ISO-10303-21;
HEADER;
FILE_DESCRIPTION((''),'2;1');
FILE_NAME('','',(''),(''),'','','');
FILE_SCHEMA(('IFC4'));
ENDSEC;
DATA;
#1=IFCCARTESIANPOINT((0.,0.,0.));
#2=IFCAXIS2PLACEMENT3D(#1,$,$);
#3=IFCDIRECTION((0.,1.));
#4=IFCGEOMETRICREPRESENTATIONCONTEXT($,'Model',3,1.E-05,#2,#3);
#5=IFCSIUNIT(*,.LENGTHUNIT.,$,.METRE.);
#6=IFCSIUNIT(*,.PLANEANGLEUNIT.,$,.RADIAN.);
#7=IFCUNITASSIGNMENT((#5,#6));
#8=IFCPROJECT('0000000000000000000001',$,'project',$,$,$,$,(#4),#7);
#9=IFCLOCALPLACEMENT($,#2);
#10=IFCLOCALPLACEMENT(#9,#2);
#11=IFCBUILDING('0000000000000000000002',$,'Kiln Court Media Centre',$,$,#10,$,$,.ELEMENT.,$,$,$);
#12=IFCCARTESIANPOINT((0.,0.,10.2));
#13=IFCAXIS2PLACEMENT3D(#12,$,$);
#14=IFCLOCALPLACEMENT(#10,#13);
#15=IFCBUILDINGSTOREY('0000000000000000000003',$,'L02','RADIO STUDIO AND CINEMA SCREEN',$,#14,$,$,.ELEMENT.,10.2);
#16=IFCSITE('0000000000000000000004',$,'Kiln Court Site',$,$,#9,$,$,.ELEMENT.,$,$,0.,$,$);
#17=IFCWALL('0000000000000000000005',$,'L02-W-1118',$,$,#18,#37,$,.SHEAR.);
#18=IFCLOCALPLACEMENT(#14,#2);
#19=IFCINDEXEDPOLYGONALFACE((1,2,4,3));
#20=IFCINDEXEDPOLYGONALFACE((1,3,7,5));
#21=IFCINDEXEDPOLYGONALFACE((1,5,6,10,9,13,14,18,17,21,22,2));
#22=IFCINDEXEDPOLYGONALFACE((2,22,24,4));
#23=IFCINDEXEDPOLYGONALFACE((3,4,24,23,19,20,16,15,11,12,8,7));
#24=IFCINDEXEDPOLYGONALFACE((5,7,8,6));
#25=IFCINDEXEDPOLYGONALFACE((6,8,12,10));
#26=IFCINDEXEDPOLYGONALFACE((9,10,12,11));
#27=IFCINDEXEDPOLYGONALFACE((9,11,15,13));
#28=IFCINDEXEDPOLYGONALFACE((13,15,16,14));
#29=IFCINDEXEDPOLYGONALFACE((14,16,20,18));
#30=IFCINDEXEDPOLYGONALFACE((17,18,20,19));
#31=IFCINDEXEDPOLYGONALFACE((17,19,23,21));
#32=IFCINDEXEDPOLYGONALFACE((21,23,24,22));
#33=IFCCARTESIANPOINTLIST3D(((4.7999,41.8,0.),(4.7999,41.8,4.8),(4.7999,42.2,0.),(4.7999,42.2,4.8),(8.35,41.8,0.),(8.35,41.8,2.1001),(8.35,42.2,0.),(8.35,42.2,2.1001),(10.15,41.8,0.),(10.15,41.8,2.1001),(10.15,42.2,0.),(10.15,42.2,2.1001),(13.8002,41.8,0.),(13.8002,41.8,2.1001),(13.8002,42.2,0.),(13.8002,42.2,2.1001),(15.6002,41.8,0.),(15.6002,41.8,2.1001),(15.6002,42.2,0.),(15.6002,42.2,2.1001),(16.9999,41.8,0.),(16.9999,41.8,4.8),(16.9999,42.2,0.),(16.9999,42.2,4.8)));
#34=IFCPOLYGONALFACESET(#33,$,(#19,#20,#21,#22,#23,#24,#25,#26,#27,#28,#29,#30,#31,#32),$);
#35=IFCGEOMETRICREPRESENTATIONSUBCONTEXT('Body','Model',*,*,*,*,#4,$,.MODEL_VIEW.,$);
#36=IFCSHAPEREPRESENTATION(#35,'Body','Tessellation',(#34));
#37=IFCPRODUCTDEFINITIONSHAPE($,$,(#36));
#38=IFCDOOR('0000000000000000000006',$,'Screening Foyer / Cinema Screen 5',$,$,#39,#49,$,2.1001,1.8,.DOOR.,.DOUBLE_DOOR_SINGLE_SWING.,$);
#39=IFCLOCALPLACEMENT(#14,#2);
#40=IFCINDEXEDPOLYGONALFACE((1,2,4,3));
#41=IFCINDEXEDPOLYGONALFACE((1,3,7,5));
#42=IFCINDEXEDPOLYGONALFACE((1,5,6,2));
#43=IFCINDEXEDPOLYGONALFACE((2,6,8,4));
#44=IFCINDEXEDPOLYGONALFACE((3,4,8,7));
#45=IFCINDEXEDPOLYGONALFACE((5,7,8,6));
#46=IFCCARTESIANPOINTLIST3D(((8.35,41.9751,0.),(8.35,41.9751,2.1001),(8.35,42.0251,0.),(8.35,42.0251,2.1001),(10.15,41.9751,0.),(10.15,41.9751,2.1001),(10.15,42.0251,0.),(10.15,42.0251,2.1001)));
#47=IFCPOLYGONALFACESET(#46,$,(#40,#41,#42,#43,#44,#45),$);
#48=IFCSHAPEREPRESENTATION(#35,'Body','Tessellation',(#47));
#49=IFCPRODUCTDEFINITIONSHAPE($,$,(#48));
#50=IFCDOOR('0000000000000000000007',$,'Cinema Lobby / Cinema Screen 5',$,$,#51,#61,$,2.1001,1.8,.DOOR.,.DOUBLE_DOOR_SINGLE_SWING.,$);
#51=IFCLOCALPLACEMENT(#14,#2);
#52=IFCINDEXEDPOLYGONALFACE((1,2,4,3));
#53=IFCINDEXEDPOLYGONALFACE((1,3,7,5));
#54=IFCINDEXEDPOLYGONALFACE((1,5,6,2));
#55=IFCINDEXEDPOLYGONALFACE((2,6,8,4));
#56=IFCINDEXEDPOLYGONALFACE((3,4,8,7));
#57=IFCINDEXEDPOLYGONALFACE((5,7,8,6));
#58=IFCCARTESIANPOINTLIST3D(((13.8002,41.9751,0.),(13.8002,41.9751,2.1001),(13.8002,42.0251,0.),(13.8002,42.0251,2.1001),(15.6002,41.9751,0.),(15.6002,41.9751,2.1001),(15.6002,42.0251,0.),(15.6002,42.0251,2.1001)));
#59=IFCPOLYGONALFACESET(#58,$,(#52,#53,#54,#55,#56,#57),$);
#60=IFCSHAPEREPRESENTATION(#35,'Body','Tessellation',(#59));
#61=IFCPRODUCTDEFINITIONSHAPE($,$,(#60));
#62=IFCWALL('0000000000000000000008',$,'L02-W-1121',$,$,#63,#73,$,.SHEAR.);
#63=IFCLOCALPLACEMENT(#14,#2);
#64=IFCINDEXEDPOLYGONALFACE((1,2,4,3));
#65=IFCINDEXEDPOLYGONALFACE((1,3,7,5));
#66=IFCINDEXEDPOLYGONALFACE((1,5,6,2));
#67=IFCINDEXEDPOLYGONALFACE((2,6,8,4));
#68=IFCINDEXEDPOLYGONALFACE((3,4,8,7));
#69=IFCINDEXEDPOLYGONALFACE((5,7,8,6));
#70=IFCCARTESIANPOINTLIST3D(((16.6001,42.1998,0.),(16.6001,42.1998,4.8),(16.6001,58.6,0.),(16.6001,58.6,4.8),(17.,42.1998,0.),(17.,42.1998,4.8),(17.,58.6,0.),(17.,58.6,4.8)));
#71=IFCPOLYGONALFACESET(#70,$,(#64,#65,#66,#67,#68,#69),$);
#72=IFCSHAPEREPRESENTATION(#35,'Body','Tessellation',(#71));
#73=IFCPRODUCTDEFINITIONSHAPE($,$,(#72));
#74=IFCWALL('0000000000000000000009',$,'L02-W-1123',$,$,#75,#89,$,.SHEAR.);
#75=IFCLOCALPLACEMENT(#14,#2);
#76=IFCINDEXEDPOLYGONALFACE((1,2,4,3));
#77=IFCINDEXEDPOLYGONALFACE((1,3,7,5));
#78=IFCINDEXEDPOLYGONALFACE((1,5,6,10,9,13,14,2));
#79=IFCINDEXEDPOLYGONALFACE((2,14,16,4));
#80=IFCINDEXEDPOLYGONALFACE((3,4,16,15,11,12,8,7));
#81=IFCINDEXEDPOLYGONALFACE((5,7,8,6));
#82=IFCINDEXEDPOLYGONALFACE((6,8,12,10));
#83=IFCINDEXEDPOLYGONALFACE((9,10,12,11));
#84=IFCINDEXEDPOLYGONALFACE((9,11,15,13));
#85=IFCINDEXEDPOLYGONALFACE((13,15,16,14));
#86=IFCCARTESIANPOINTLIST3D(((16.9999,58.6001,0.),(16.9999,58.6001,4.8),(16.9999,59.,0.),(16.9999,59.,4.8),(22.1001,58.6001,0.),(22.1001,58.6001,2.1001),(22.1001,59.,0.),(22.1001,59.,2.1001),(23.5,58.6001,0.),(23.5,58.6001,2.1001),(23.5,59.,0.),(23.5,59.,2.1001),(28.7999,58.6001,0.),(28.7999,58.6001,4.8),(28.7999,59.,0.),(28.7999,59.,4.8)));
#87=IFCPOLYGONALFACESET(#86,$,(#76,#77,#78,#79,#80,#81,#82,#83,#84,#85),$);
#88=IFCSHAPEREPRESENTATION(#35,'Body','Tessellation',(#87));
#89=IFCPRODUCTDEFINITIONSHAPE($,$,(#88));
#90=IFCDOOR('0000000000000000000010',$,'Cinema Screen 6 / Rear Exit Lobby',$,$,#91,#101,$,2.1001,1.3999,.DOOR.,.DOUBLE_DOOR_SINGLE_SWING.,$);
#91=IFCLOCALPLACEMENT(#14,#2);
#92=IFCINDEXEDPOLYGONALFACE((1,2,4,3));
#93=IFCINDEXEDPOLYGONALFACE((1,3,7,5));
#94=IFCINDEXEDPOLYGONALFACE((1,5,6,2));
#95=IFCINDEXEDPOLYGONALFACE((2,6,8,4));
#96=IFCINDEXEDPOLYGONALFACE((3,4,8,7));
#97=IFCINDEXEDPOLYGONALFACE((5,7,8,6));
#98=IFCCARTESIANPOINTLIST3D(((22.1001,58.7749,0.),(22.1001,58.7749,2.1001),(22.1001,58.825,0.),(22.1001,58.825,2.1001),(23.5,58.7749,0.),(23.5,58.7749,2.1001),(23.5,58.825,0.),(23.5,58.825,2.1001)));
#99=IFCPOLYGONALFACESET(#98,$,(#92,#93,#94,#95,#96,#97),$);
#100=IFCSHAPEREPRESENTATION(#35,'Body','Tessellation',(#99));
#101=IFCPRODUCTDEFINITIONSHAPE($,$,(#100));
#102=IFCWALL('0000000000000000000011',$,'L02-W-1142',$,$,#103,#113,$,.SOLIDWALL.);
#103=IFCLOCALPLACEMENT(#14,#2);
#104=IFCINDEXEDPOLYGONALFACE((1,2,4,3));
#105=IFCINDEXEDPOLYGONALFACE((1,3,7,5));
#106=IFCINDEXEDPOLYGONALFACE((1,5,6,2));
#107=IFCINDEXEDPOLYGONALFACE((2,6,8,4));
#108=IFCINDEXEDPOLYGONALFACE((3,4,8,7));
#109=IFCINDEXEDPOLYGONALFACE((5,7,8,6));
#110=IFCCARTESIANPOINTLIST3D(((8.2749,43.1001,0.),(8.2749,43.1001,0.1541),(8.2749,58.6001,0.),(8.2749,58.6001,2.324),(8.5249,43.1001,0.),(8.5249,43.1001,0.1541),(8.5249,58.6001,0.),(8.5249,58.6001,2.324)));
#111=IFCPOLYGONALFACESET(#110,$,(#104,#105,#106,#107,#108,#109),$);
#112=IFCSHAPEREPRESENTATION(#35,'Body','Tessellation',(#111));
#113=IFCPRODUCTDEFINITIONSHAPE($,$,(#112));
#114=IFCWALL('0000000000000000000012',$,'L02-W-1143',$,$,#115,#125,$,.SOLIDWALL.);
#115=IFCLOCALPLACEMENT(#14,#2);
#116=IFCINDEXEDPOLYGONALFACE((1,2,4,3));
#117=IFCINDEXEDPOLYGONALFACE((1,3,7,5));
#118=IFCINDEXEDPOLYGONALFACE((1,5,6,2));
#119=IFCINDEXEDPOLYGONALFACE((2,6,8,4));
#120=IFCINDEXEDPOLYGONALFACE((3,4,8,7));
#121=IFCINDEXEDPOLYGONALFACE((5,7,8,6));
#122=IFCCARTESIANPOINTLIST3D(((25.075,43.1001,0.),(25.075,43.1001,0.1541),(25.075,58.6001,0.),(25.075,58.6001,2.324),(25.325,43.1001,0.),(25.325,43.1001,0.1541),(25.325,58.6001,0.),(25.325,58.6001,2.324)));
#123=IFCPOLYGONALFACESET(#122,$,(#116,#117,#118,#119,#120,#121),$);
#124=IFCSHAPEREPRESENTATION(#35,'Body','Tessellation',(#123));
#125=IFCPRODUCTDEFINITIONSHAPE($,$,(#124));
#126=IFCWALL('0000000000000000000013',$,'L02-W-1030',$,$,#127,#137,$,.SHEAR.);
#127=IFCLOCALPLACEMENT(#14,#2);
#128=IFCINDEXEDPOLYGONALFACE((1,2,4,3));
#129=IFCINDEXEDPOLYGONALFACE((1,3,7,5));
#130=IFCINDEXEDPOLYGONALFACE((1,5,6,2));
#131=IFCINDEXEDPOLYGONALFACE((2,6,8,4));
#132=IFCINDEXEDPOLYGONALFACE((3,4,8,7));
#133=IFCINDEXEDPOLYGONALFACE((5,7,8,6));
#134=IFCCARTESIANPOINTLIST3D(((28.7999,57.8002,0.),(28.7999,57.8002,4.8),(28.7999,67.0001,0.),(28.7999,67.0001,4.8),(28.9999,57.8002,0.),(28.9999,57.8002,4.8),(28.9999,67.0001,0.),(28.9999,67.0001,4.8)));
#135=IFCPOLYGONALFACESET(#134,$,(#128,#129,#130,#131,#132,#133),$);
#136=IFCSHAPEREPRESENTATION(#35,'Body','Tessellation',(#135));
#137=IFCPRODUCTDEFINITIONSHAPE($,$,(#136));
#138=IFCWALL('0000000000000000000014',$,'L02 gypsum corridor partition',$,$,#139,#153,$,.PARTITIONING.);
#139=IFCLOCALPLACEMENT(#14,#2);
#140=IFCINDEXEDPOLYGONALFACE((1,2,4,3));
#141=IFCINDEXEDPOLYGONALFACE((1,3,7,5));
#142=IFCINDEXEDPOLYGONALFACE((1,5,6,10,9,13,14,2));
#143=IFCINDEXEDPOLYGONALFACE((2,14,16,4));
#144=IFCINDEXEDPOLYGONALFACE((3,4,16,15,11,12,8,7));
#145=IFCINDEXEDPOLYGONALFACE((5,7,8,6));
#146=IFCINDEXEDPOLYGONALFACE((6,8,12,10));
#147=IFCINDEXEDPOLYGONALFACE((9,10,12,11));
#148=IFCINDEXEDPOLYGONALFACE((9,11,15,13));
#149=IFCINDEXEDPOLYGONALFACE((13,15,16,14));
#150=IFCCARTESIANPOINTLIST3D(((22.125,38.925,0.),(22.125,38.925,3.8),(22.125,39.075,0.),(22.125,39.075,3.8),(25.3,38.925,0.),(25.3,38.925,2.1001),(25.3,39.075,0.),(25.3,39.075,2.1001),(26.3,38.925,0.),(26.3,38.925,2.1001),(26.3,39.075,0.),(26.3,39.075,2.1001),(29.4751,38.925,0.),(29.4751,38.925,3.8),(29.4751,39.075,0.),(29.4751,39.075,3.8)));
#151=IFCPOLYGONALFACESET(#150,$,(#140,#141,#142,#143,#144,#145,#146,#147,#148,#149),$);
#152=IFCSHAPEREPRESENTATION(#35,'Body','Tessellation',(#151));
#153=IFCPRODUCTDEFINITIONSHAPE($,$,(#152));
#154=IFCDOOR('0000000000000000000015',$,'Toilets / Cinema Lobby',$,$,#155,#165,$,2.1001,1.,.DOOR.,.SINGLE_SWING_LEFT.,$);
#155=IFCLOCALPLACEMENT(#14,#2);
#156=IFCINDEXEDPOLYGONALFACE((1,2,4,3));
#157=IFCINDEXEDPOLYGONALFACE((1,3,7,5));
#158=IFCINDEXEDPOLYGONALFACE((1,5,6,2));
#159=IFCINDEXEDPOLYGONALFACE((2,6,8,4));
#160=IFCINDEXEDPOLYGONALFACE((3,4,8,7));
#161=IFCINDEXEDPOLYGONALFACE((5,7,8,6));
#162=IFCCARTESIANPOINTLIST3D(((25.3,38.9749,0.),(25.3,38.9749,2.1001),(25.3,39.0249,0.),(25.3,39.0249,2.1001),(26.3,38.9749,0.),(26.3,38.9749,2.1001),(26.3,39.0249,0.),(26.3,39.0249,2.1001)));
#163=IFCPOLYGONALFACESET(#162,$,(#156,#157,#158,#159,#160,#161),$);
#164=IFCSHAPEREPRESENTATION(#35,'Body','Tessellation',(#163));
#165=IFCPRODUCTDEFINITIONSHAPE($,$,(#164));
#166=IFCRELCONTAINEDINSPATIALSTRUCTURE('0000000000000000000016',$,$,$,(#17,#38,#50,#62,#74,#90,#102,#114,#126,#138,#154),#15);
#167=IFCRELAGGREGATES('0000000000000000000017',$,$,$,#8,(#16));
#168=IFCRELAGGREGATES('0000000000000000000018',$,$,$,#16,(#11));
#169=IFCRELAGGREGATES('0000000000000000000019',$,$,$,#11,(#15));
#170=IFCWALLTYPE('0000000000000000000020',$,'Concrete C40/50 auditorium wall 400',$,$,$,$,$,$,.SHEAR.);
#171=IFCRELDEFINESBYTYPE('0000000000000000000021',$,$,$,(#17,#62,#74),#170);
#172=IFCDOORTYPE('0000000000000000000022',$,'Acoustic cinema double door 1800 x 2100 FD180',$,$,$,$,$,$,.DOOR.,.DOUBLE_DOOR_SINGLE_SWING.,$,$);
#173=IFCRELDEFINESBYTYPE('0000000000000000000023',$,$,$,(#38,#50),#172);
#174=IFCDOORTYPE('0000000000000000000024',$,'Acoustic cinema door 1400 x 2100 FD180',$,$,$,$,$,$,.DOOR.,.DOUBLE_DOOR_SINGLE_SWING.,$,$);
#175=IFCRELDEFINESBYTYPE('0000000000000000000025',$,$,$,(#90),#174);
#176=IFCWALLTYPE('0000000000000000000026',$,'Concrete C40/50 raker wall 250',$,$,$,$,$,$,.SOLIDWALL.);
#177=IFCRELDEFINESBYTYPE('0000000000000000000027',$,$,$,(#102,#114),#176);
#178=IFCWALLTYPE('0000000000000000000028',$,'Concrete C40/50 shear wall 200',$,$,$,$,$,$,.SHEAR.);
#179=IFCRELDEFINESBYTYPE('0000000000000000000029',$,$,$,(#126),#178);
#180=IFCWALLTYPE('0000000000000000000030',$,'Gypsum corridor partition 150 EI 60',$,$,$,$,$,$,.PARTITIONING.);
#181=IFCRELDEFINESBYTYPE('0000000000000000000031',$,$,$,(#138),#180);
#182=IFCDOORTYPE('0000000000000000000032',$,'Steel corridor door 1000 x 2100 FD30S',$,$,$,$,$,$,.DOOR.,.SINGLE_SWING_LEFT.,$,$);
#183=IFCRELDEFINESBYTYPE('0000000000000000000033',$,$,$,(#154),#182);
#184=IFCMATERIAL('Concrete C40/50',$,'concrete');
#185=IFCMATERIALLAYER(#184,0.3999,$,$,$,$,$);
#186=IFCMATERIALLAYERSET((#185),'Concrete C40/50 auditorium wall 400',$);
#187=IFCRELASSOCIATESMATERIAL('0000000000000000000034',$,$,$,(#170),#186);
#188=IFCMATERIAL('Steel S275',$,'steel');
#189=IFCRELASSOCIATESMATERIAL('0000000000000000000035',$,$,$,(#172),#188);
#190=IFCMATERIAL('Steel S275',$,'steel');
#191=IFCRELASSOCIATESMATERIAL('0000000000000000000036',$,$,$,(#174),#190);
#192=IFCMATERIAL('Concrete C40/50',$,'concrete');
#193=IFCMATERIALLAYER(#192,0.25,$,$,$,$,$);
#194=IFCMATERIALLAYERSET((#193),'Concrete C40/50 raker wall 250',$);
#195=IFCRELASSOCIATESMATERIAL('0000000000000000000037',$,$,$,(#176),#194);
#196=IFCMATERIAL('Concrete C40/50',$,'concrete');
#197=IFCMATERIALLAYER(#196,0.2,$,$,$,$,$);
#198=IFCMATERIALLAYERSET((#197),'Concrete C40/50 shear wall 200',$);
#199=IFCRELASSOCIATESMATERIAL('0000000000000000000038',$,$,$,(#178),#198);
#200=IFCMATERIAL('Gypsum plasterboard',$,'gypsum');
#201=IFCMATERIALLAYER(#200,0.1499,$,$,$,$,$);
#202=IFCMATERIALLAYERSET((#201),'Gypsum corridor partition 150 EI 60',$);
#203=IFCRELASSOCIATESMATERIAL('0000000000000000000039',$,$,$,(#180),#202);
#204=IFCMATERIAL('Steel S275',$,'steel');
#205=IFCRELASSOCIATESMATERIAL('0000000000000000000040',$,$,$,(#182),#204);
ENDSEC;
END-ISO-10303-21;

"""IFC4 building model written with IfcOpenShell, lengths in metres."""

from ifc_helpers import new_model, si_unit, direction, frame, frame_2d, origin, place, context, subcontext, project, spatial, polyline, rectangle, outline, extrude, material, layer, layer_set, type_object, element, fill, save


model = new_model("IFC4")

# Units and contexts
model_context = context("Model", 3, precision=1e-05, world=origin(), true_north=direction((0.0, 1.0)))
body_context = subcontext(model_context, "Body", "Model", "MODEL_VIEW")
ifc_project = project(units=[si_unit("LENGTHUNIT", "METRE"), si_unit("PLANEANGLEUNIT", "RADIAN")], contexts=[model_context])

# Site, building, storey
site_placement = place(None, origin())
site = spatial("IfcSite", under=ifc_project, at=site_placement, Name="Kiln Court Site", CompositionType="ELEMENT", RefElevation=0.0)
building_placement = place(site_placement, origin())
building = spatial("IfcBuilding", under=site, at=building_placement, Name="Kiln Court Media Centre", CompositionType="ELEMENT")
storey_placement = place(building_placement, frame((0.0, 0.0, 10.2)))
storey = spatial("IfcBuildingStorey", under=building, at=storey_placement, Name="L02", Description="RADIO STUDIO AND CINEMA SCREEN", CompositionType="ELEMENT", Elevation=10.2)

# Wall, openings, doors
ifc_material_1 = material(Name="Concrete C40/50", Category="concrete")
ifc_layer_1 = layer(ifc_material_1, 0.3999)
ifc_layer_set_1 = layer_set([ifc_layer_1], Name="Concrete C40/50 auditorium wall 400")
wall_type_1 = type_object("IfcWallType", Name="Concrete C40/50 auditorium wall 400", PredefinedType="SHEAR", material=ifc_layer_set_1)
wall_1_placement = place(storey_placement, frame((17.0, 42.0, 0.0), z_axis=(0.0, 0.0, 1.0), x_axis=(-1.0, 0.0, 0.0)))
wall_1 = element("IfcWall", 1, at=wall_1_placement, inside=storey, type_object=wall_type_1, Name="L02-W-1118", PredefinedType="SHEAR", context=body_context, shape_type="SweptSolid", body=[
    extrude(rectangle(XDim=12.2, YDim=0.3999, at=frame_2d((6.1001, 0.0))), origin(), (0.0, 0.0, 1.0), 4.8),
])
opening_1_placement = place(wall_1_placement, frame((6.8501, 0.0, 0.0)))
opening_1 = element("IfcOpeningElement", 2, at=opening_1_placement, cuts=wall_1, PredefinedType="OPENING", context=body_context, shape_type="SweptSolid", body=[
    extrude(rectangle(XDim=1.8, YDim=2.1001, at=frame_2d((0.8999, 1.05))), frame((0.0, 0.21, 0.0), z_axis=(0.0, -1.0, 0.0), x_axis=(1.0, 0.0, 0.0)), (0.0, 0.0, 1.0), 0.4199),
])
opening_2_placement = place(wall_1_placement, frame((1.3999, 0.0, 0.0)))
opening_2 = element("IfcOpeningElement", 3, at=opening_2_placement, cuts=wall_1, PredefinedType="OPENING", context=body_context, shape_type="SweptSolid", body=[
    extrude(rectangle(XDim=1.8, YDim=2.1001, at=frame_2d((0.8999, 1.05))), frame((0.0, 0.21, 0.0), z_axis=(0.0, -1.0, 0.0), x_axis=(1.0, 0.0, 0.0)), (0.0, 0.0, 1.0), 0.4199),
])
ifc_material_2 = material(Name="Steel S275", Category="steel")
door_type_1 = type_object("IfcDoorType", Name="Acoustic cinema double door 1800 x 2100 FD180", OperationType="DOUBLE_DOOR_SINGLE_SWING", PredefinedType="DOOR", material=ifc_material_2)
door_1_placement = place(opening_1_placement, origin())
door_1 = element("IfcDoor", 4, at=door_1_placement, inside=storey, type_object=door_type_1, Name="Screening Foyer / Cinema Screen 5", OperationType="DOUBLE_DOOR_SINGLE_SWING", OverallHeight=2.1001, OverallWidth=1.8, PredefinedType="DOOR", context=body_context, shape_type="SweptSolid", body=[
    extrude(rectangle(XDim=1.8, YDim=2.1001, at=frame_2d((0.8999, 1.05))), frame((0.0, 0.0249, 0.0), z_axis=(0.0, -1.0, 0.0), x_axis=(1.0, 0.0, 0.0)), (0.0, 0.0, 1.0), 0.05),
])
fill(opening_1, door_1)
door_2_placement = place(opening_2_placement, origin())
door_2 = element("IfcDoor", 5, at=door_2_placement, inside=storey, type_object=door_type_1, Name="Cinema Lobby / Cinema Screen 5", OperationType="DOUBLE_DOOR_SINGLE_SWING", OverallHeight=2.1001, OverallWidth=1.8, PredefinedType="DOOR", context=body_context, shape_type="SweptSolid", body=[
    extrude(rectangle(XDim=1.8, YDim=2.1001, at=frame_2d((0.8999, 1.05))), frame((0.0, 0.0249, 0.0), z_axis=(0.0, -1.0, 0.0), x_axis=(1.0, 0.0, 0.0)), (0.0, 0.0, 1.0), 0.05),
])
fill(opening_2, door_2)

# Wall
wall_2_placement = place(storey_placement, frame((16.8, 58.6001, 0.0), z_axis=(0.0, 0.0, 1.0), x_axis=(0.0, -1.0, 0.0)))
element("IfcWall", 6, at=wall_2_placement, inside=storey, type_object=wall_type_1, Name="L02-W-1121", PredefinedType="SHEAR", context=body_context, shape_type="SweptSolid", body=[
    extrude(rectangle(XDim=16.4001, YDim=0.3999, at=frame_2d((8.2002, 0.0))), origin(), (0.0, 0.0, 1.0), 4.8),
])

# Wall, opening, door
wall_3_placement = place(storey_placement, frame((17.0, 58.8, 0.0), z_axis=(0.0, 0.0, 1.0), x_axis=(1.0, 0.0, 0.0)))
wall_3 = element("IfcWall", 7, at=wall_3_placement, inside=storey, type_object=wall_type_1, Name="L02-W-1123", PredefinedType="SHEAR", context=body_context, shape_type="SweptSolid", body=[
    extrude(rectangle(XDim=11.8, YDim=0.3999, at=frame_2d((5.8999, 0.0))), origin(), (0.0, 0.0, 1.0), 4.8),
])
opening_3_placement = place(wall_3_placement, frame((5.1001, 0.0, 0.0)))
opening_3 = element("IfcOpeningElement", 8, at=opening_3_placement, cuts=wall_3, PredefinedType="OPENING", context=body_context, shape_type="SweptSolid", body=[
    extrude(rectangle(XDim=1.3999, YDim=2.1001, at=frame_2d((0.7, 1.05))), frame((0.0, 0.21, 0.0), z_axis=(0.0, -1.0, 0.0), x_axis=(1.0, 0.0, 0.0)), (0.0, 0.0, 1.0), 0.4199),
])
ifc_material_3 = material(Name="Steel S275", Category="steel")
door_type_2 = type_object("IfcDoorType", Name="Acoustic cinema door 1400 x 2100 FD180", OperationType="DOUBLE_DOOR_SINGLE_SWING", PredefinedType="DOOR", material=ifc_material_3)
door_3_placement = place(opening_3_placement, origin())
door_3 = element("IfcDoor", 9, at=door_3_placement, inside=storey, type_object=door_type_2, Name="Cinema Screen 6 / Rear Exit Lobby", OperationType="DOUBLE_DOOR_SINGLE_SWING", OverallHeight=2.1001, OverallWidth=1.3999, PredefinedType="DOOR", context=body_context, shape_type="SweptSolid", body=[
    extrude(rectangle(XDim=1.3999, YDim=2.1001, at=frame_2d((0.7, 1.05))), frame((0.0, 0.0249, 0.0), z_axis=(0.0, -1.0, 0.0), x_axis=(1.0, 0.0, 0.0)), (0.0, 0.0, 1.0), 0.05),
])
fill(opening_3, door_3)

# Walls
ifc_material_4 = material(Name="Concrete C40/50", Category="concrete")
ifc_layer_2 = layer(ifc_material_4, 0.25)
ifc_layer_set_2 = layer_set([ifc_layer_2], Name="Concrete C40/50 raker wall 250")
wall_type_2 = type_object("IfcWallType", Name="Concrete C40/50 raker wall 250", PredefinedType="SOLIDWALL", material=ifc_layer_set_2)
for number, where, z_axis, x_axis, name in (
    (10, (8.3999, 43.1001, 0.0), (0.0, 0.0, 1.0), (0.0, 1.0, 0.0), "L02-W-1142"),
    (11, (25.2, 43.1001, 0.0), (0.0, 0.0, 1.0), (0.0, 1.0, 0.0), "L02-W-1143"),
):
    element("IfcWall", number, at=place(storey_placement, frame(where, z_axis=z_axis, x_axis=x_axis)), inside=storey, type_object=wall_type_2, Name=name, PredefinedType="SOLIDWALL", context=body_context, shape_type="SweptSolid", body=[
        extrude(outline(polyline([(0.0, 0.0), (15.5, 0.0), (15.5, 2.324), (0.0, 0.1541), (0.0, 0.0)])), frame((0.0, 0.125, 0.0), z_axis=(0.0, -1.0, 0.0), x_axis=(1.0, 0.0, 0.0)), (0.0, 0.0, 1.0), 0.25),
    ])
ifc_material_5 = material(Name="Concrete C40/50", Category="concrete")
ifc_layer_3 = layer(ifc_material_5, 0.2)
ifc_layer_set_3 = layer_set([ifc_layer_3], Name="Concrete C40/50 shear wall 200")
wall_type_3 = type_object("IfcWallType", Name="Concrete C40/50 shear wall 200", PredefinedType="SHEAR", material=ifc_layer_set_3)
wall_4_placement = place(storey_placement, frame((28.8999, 57.8, 0.0), z_axis=(0.0, 0.0, 1.0), x_axis=(0.0, 1.0, 0.0)))
element("IfcWall", 12, at=wall_4_placement, inside=storey, type_object=wall_type_3, Name="L02-W-1030", PredefinedType="SHEAR", context=body_context, shape_type="SweptSolid", body=[
    extrude(rectangle(XDim=9.2, YDim=0.2, at=frame_2d((4.6001, 0.0))), origin(), (0.0, 0.0, 1.0), 4.8),
])

# Wall, opening, door
ifc_material_6 = material(Name="Gypsum plasterboard", Category="gypsum")
ifc_layer_4 = layer(ifc_material_6, 0.1499)
ifc_layer_set_4 = layer_set([ifc_layer_4], Name="Gypsum corridor partition 150 EI 60")
wall_type_4 = type_object("IfcWallType", Name="Gypsum corridor partition 150 EI 60", PredefinedType="PARTITIONING", material=ifc_layer_set_4)
wall_5_placement = place(storey_placement, frame((22.125, 39.0, 0.0), z_axis=(0.0, 0.0, 1.0), x_axis=(1.0, 0.0, 0.0)))
wall_5 = element("IfcWall", 13, at=wall_5_placement, inside=storey, type_object=wall_type_4, Name="L02 gypsum corridor partition", PredefinedType="PARTITIONING", context=body_context, shape_type="SweptSolid", body=[
    extrude(rectangle(XDim=7.3501, YDim=0.1499, at=frame_2d((3.675, 0.0))), origin(), (0.0, 0.0, 1.0), 3.8),
])
opening_4_placement = place(wall_5_placement, frame((3.175, 0.0, 0.0)))
opening_4 = element("IfcOpeningElement", 14, at=opening_4_placement, cuts=wall_5, PredefinedType="OPENING", context=body_context, shape_type="SweptSolid", body=[
    extrude(rectangle(XDim=1.0, YDim=2.1001, at=frame_2d((0.5, 1.05))), frame((0.0, 0.085, 0.0), z_axis=(0.0, -1.0, 0.0), x_axis=(1.0, 0.0, 0.0)), (0.0, 0.0, 1.0), 0.1699),
])
ifc_material_7 = material(Name="Steel S275", Category="steel")
door_type_3 = type_object("IfcDoorType", Name="Steel corridor door 1000 x 2100 FD30S", OperationType="SINGLE_SWING_LEFT", PredefinedType="DOOR", material=ifc_material_7)
door_4_placement = place(opening_4_placement, origin())
door_4 = element("IfcDoor", 15, at=door_4_placement, inside=storey, type_object=door_type_3, Name="Toilets / Cinema Lobby", OperationType="SINGLE_SWING_LEFT", OverallHeight=2.1001, OverallWidth=1.0, PredefinedType="DOOR", context=body_context, shape_type="SweptSolid", body=[
    extrude(rectangle(XDim=1.0, YDim=2.1001, at=frame_2d((0.5, 1.05))), frame((0.0, 0.0249, 0.0), z_axis=(0.0, -1.0, 0.0), x_axis=(1.0, 0.0, 0.0)), (0.0, 0.0, 1.0), 0.05),
])
fill(opening_4, door_4)

save(model, "model.ifc")
